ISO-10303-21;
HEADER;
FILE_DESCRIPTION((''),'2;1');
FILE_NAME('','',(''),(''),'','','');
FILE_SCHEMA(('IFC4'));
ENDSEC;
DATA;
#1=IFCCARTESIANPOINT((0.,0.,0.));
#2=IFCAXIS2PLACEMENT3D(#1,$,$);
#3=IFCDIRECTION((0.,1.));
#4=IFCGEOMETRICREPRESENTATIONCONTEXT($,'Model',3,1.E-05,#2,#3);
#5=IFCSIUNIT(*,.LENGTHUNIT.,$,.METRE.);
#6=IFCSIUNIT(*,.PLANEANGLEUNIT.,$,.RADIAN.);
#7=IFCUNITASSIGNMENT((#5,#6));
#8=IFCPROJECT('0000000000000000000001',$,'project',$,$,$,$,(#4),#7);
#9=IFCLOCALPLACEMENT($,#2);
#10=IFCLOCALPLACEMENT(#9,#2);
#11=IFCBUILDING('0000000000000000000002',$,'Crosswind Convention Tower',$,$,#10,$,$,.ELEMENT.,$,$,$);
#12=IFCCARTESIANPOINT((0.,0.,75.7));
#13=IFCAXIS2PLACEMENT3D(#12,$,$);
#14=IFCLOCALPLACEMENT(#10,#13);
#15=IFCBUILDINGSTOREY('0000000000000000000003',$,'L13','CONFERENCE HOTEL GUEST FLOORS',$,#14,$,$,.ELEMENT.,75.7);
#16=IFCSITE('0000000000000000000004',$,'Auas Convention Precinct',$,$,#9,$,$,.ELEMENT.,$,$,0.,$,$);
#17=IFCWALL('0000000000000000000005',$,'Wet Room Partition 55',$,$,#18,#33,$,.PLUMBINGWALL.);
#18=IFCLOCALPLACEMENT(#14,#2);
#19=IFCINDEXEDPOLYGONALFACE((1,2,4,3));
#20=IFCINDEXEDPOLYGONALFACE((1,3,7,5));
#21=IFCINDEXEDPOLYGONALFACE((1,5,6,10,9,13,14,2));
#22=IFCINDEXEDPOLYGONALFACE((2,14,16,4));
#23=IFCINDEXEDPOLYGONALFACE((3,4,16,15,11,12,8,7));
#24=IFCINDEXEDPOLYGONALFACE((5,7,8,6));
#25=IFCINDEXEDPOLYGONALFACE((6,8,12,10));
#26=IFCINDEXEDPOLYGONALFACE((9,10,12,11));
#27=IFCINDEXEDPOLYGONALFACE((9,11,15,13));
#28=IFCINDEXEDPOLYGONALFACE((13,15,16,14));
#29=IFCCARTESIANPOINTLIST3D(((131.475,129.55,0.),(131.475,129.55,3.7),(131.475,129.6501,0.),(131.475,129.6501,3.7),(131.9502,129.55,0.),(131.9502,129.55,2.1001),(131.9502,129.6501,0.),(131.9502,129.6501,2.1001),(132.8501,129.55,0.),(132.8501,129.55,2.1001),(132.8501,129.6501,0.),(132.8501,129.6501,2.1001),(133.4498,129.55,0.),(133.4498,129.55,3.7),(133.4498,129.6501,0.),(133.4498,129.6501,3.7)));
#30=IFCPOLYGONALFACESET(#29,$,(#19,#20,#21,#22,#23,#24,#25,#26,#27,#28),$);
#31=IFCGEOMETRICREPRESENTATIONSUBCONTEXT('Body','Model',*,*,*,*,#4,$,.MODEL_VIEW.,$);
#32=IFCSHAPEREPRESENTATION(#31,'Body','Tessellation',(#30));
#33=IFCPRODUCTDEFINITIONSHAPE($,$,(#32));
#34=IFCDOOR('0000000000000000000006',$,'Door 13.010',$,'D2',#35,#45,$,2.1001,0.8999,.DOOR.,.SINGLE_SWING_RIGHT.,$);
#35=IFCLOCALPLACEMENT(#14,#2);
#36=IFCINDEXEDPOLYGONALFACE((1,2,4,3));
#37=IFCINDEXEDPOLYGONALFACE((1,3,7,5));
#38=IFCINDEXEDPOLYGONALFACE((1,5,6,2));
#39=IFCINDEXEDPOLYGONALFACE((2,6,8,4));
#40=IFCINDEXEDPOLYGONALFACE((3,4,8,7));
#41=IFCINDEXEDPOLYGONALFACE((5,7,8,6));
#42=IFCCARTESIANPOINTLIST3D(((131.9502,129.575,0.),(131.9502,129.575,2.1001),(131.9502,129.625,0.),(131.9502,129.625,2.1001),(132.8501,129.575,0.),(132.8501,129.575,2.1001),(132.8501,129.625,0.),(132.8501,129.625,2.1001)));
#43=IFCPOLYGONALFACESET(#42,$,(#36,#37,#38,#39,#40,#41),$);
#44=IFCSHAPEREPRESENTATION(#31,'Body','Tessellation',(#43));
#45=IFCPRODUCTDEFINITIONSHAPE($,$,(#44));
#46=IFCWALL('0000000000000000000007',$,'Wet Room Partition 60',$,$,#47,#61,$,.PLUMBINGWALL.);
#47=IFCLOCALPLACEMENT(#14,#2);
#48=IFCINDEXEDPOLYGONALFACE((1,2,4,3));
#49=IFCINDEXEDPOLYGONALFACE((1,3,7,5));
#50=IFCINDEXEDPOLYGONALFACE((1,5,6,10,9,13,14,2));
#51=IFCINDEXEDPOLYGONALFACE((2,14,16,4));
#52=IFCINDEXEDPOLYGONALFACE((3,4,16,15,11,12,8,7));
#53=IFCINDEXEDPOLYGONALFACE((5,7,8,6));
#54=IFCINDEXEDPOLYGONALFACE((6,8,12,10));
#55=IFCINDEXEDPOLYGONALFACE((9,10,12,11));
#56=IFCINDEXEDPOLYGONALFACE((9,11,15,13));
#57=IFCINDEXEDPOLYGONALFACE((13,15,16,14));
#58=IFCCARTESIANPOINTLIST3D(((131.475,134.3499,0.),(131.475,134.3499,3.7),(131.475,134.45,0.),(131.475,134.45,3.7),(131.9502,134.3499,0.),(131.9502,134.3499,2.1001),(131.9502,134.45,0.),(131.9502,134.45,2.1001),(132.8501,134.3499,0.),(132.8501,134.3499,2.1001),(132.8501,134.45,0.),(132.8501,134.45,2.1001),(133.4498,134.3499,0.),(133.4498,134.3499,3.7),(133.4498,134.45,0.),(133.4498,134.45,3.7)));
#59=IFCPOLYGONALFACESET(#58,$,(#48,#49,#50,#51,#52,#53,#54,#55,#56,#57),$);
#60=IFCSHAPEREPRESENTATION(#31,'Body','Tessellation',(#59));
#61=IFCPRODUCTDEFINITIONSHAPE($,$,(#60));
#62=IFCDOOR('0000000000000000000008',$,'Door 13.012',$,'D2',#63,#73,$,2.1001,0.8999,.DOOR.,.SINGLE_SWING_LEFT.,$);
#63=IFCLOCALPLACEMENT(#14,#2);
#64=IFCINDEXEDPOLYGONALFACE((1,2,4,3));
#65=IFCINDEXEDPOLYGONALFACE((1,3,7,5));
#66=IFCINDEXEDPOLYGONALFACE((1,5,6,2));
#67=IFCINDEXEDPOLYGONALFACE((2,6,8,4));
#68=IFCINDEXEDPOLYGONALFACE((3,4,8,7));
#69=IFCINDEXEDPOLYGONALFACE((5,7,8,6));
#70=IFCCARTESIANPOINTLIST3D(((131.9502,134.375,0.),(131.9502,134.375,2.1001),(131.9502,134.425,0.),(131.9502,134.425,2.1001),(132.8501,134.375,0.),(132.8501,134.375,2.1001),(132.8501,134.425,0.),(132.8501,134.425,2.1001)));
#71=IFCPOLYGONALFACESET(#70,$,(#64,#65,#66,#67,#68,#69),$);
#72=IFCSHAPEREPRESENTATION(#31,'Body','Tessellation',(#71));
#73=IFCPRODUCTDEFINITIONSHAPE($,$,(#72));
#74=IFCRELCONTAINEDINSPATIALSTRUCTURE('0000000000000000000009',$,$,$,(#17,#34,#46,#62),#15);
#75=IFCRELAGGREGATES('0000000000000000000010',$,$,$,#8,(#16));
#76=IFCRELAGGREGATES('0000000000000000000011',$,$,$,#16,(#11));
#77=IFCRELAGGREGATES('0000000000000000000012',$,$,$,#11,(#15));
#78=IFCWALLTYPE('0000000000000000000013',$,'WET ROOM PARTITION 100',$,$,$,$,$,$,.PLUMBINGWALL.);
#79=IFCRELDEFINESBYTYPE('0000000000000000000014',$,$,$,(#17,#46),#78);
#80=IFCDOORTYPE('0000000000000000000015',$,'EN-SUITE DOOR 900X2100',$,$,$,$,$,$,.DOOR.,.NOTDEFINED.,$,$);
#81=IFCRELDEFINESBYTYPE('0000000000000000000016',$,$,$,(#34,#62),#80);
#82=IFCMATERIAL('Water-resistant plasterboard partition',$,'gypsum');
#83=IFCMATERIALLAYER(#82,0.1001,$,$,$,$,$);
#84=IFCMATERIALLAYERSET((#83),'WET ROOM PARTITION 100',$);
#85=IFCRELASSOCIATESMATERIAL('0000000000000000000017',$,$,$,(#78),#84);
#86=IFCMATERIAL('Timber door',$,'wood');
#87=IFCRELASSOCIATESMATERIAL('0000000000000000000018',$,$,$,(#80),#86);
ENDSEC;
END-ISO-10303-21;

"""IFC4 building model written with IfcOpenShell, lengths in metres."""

from ifc_helpers import new_model, si_unit, direction, frame, frame_2d, origin, place, context, subcontext, project, spatial, rectangle, extrude, material, layer, layer_set, type_object, element, fill, save


model = new_model("IFC4")

# Units and contexts
model_context = context("Model", 3, precision=1e-05, world=origin(), true_north=direction((0.0, 1.0)))
body_context = subcontext(model_context, "Body", "Model", "MODEL_VIEW")
ifc_project = project(units=[si_unit("LENGTHUNIT", "METRE"), si_unit("PLANEANGLEUNIT", "RADIAN")], contexts=[model_context])

# Site, building, storey
site_placement = place(None, origin())
site = spatial("IfcSite", under=ifc_project, at=site_placement, Name="Auas Convention Precinct", CompositionType="ELEMENT", RefElevation=0.0)
building_placement = place(site_placement, origin())
building = spatial("IfcBuilding", under=site, at=building_placement, Name="Crosswind Convention Tower", CompositionType="ELEMENT")
storey_placement = place(building_placement, frame((0.0, 0.0, 75.7)))
storey = spatial("IfcBuildingStorey", under=building, at=storey_placement, Name="L13", Description="CONFERENCE HOTEL GUEST FLOORS", CompositionType="ELEMENT", Elevation=75.7)

# Walls, openings, doors
ifc_material_1 = material(Name="Water-resistant plasterboard partition", Category="gypsum")
ifc_layer_1 = layer(ifc_material_1, 0.1001)
ifc_layer_set_1 = layer_set([ifc_layer_1], Name="WET ROOM PARTITION 100")
wall_type_1 = type_object("IfcWallType", Name="WET ROOM PARTITION 100", PredefinedType="PLUMBINGWALL", material=ifc_layer_set_1)
wall_1_placement = place(storey_placement, frame((131.4751, 129.6001, 0.0), z_axis=(0.0, 0.0, 1.0), x_axis=(1.0, 0.0, 0.0)))
wall_1 = element("IfcWall", 1, at=wall_1_placement, inside=storey, type_object=wall_type_1, Name="Wet Room Partition 55", PredefinedType="PLUMBINGWALL", context=body_context, shape_type="SweptSolid", body=[
    extrude(rectangle(XDim=1.9749, YDim=0.1001, at=frame_2d((0.9873, 0.0))), origin(), (0.0, 0.0, 1.0), 3.7),
])
opening_1_placement = place(wall_1_placement, frame((0.4751, 0.0, 0.0)))
opening_1 = element("IfcOpeningElement", 2, at=opening_1_placement, cuts=wall_1, PredefinedType="OPENING", context=body_context, shape_type="SweptSolid", body=[
    extrude(rectangle(XDim=0.8999, YDim=2.1001, at=frame_2d((0.45, 1.05))), frame((0.0, 0.0601, 0.0), z_axis=(0.0, -1.0, 0.0), x_axis=(1.0, 0.0, 0.0)), (0.0, 0.0, 1.0), 0.1201),
])
ifc_material_2 = material(Name="Timber door", Category="wood")
door_type_1 = type_object("IfcDoorType", Name="EN-SUITE DOOR 900X2100", OperationType="NOTDEFINED", PredefinedType="DOOR", material=ifc_material_2)
door_1_placement = place(opening_1_placement, origin())
door_1 = element("IfcDoor", 3, at=door_1_placement, inside=storey, type_object=door_type_1, Name="Door 13.010", ObjectType="D2", OperationType="SINGLE_SWING_RIGHT", OverallHeight=2.1001, OverallWidth=0.8999, PredefinedType="DOOR", context=body_context, shape_type="SweptSolid", body=[
    extrude(rectangle(XDim=0.8999, YDim=2.1001, at=frame_2d((0.45, 1.05))), frame((0.0, 0.0249, 0.0), z_axis=(0.0, -1.0, 0.0), x_axis=(1.0, 0.0, 0.0)), (0.0, 0.0, 1.0), 0.05),
])
fill(opening_1, door_1)
wall_2_placement = place(storey_placement, frame((131.4751, 134.3999, 0.0), z_axis=(0.0, 0.0, 1.0), x_axis=(1.0, 0.0, 0.0)))
wall_2 = element("IfcWall", 4, at=wall_2_placement, inside=storey, type_object=wall_type_1, Name="Wet Room Partition 60", PredefinedType="PLUMBINGWALL", context=body_context, shape_type="SweptSolid", body=[
    extrude(rectangle(XDim=1.9749, YDim=0.1001, at=frame_2d((0.9873, 0.0))), origin(), (0.0, 0.0, 1.0), 3.7),
])
opening_2_placement = place(wall_2_placement, frame((0.4751, 0.0, 0.0)))
opening_2 = element("IfcOpeningElement", 5, at=opening_2_placement, cuts=wall_2, PredefinedType="OPENING", context=body_context, shape_type="SweptSolid", body=[
    extrude(rectangle(XDim=0.8999, YDim=2.1001, at=frame_2d((0.45, 1.05))), frame((0.0, 0.0601, 0.0), z_axis=(0.0, -1.0, 0.0), x_axis=(1.0, 0.0, 0.0)), (0.0, 0.0, 1.0), 0.1201),
])
door_2_placement = place(opening_2_placement, frame((0.8999, 0.0, 0.0), z_axis=(0.0, 0.0, 1.0), x_axis=(-1.0, 0.0, 0.0)))
door_2 = element("IfcDoor", 6, at=door_2_placement, inside=storey, type_object=door_type_1, Name="Door 13.012", ObjectType="D2", OperationType="SINGLE_SWING_LEFT", OverallHeight=2.1001, OverallWidth=0.8999, PredefinedType="DOOR", context=body_context, shape_type="SweptSolid", body=[
    extrude(rectangle(XDim=0.8999, YDim=2.1001, at=frame_2d((0.45, 1.05))), frame((0.0, 0.0249, 0.0), z_axis=(0.0, -1.0, 0.0), x_axis=(1.0, 0.0, 0.0)), (0.0, 0.0, 1.0), 0.05),
])
fill(opening_2, door_2)

save(model, "model.ifc")
